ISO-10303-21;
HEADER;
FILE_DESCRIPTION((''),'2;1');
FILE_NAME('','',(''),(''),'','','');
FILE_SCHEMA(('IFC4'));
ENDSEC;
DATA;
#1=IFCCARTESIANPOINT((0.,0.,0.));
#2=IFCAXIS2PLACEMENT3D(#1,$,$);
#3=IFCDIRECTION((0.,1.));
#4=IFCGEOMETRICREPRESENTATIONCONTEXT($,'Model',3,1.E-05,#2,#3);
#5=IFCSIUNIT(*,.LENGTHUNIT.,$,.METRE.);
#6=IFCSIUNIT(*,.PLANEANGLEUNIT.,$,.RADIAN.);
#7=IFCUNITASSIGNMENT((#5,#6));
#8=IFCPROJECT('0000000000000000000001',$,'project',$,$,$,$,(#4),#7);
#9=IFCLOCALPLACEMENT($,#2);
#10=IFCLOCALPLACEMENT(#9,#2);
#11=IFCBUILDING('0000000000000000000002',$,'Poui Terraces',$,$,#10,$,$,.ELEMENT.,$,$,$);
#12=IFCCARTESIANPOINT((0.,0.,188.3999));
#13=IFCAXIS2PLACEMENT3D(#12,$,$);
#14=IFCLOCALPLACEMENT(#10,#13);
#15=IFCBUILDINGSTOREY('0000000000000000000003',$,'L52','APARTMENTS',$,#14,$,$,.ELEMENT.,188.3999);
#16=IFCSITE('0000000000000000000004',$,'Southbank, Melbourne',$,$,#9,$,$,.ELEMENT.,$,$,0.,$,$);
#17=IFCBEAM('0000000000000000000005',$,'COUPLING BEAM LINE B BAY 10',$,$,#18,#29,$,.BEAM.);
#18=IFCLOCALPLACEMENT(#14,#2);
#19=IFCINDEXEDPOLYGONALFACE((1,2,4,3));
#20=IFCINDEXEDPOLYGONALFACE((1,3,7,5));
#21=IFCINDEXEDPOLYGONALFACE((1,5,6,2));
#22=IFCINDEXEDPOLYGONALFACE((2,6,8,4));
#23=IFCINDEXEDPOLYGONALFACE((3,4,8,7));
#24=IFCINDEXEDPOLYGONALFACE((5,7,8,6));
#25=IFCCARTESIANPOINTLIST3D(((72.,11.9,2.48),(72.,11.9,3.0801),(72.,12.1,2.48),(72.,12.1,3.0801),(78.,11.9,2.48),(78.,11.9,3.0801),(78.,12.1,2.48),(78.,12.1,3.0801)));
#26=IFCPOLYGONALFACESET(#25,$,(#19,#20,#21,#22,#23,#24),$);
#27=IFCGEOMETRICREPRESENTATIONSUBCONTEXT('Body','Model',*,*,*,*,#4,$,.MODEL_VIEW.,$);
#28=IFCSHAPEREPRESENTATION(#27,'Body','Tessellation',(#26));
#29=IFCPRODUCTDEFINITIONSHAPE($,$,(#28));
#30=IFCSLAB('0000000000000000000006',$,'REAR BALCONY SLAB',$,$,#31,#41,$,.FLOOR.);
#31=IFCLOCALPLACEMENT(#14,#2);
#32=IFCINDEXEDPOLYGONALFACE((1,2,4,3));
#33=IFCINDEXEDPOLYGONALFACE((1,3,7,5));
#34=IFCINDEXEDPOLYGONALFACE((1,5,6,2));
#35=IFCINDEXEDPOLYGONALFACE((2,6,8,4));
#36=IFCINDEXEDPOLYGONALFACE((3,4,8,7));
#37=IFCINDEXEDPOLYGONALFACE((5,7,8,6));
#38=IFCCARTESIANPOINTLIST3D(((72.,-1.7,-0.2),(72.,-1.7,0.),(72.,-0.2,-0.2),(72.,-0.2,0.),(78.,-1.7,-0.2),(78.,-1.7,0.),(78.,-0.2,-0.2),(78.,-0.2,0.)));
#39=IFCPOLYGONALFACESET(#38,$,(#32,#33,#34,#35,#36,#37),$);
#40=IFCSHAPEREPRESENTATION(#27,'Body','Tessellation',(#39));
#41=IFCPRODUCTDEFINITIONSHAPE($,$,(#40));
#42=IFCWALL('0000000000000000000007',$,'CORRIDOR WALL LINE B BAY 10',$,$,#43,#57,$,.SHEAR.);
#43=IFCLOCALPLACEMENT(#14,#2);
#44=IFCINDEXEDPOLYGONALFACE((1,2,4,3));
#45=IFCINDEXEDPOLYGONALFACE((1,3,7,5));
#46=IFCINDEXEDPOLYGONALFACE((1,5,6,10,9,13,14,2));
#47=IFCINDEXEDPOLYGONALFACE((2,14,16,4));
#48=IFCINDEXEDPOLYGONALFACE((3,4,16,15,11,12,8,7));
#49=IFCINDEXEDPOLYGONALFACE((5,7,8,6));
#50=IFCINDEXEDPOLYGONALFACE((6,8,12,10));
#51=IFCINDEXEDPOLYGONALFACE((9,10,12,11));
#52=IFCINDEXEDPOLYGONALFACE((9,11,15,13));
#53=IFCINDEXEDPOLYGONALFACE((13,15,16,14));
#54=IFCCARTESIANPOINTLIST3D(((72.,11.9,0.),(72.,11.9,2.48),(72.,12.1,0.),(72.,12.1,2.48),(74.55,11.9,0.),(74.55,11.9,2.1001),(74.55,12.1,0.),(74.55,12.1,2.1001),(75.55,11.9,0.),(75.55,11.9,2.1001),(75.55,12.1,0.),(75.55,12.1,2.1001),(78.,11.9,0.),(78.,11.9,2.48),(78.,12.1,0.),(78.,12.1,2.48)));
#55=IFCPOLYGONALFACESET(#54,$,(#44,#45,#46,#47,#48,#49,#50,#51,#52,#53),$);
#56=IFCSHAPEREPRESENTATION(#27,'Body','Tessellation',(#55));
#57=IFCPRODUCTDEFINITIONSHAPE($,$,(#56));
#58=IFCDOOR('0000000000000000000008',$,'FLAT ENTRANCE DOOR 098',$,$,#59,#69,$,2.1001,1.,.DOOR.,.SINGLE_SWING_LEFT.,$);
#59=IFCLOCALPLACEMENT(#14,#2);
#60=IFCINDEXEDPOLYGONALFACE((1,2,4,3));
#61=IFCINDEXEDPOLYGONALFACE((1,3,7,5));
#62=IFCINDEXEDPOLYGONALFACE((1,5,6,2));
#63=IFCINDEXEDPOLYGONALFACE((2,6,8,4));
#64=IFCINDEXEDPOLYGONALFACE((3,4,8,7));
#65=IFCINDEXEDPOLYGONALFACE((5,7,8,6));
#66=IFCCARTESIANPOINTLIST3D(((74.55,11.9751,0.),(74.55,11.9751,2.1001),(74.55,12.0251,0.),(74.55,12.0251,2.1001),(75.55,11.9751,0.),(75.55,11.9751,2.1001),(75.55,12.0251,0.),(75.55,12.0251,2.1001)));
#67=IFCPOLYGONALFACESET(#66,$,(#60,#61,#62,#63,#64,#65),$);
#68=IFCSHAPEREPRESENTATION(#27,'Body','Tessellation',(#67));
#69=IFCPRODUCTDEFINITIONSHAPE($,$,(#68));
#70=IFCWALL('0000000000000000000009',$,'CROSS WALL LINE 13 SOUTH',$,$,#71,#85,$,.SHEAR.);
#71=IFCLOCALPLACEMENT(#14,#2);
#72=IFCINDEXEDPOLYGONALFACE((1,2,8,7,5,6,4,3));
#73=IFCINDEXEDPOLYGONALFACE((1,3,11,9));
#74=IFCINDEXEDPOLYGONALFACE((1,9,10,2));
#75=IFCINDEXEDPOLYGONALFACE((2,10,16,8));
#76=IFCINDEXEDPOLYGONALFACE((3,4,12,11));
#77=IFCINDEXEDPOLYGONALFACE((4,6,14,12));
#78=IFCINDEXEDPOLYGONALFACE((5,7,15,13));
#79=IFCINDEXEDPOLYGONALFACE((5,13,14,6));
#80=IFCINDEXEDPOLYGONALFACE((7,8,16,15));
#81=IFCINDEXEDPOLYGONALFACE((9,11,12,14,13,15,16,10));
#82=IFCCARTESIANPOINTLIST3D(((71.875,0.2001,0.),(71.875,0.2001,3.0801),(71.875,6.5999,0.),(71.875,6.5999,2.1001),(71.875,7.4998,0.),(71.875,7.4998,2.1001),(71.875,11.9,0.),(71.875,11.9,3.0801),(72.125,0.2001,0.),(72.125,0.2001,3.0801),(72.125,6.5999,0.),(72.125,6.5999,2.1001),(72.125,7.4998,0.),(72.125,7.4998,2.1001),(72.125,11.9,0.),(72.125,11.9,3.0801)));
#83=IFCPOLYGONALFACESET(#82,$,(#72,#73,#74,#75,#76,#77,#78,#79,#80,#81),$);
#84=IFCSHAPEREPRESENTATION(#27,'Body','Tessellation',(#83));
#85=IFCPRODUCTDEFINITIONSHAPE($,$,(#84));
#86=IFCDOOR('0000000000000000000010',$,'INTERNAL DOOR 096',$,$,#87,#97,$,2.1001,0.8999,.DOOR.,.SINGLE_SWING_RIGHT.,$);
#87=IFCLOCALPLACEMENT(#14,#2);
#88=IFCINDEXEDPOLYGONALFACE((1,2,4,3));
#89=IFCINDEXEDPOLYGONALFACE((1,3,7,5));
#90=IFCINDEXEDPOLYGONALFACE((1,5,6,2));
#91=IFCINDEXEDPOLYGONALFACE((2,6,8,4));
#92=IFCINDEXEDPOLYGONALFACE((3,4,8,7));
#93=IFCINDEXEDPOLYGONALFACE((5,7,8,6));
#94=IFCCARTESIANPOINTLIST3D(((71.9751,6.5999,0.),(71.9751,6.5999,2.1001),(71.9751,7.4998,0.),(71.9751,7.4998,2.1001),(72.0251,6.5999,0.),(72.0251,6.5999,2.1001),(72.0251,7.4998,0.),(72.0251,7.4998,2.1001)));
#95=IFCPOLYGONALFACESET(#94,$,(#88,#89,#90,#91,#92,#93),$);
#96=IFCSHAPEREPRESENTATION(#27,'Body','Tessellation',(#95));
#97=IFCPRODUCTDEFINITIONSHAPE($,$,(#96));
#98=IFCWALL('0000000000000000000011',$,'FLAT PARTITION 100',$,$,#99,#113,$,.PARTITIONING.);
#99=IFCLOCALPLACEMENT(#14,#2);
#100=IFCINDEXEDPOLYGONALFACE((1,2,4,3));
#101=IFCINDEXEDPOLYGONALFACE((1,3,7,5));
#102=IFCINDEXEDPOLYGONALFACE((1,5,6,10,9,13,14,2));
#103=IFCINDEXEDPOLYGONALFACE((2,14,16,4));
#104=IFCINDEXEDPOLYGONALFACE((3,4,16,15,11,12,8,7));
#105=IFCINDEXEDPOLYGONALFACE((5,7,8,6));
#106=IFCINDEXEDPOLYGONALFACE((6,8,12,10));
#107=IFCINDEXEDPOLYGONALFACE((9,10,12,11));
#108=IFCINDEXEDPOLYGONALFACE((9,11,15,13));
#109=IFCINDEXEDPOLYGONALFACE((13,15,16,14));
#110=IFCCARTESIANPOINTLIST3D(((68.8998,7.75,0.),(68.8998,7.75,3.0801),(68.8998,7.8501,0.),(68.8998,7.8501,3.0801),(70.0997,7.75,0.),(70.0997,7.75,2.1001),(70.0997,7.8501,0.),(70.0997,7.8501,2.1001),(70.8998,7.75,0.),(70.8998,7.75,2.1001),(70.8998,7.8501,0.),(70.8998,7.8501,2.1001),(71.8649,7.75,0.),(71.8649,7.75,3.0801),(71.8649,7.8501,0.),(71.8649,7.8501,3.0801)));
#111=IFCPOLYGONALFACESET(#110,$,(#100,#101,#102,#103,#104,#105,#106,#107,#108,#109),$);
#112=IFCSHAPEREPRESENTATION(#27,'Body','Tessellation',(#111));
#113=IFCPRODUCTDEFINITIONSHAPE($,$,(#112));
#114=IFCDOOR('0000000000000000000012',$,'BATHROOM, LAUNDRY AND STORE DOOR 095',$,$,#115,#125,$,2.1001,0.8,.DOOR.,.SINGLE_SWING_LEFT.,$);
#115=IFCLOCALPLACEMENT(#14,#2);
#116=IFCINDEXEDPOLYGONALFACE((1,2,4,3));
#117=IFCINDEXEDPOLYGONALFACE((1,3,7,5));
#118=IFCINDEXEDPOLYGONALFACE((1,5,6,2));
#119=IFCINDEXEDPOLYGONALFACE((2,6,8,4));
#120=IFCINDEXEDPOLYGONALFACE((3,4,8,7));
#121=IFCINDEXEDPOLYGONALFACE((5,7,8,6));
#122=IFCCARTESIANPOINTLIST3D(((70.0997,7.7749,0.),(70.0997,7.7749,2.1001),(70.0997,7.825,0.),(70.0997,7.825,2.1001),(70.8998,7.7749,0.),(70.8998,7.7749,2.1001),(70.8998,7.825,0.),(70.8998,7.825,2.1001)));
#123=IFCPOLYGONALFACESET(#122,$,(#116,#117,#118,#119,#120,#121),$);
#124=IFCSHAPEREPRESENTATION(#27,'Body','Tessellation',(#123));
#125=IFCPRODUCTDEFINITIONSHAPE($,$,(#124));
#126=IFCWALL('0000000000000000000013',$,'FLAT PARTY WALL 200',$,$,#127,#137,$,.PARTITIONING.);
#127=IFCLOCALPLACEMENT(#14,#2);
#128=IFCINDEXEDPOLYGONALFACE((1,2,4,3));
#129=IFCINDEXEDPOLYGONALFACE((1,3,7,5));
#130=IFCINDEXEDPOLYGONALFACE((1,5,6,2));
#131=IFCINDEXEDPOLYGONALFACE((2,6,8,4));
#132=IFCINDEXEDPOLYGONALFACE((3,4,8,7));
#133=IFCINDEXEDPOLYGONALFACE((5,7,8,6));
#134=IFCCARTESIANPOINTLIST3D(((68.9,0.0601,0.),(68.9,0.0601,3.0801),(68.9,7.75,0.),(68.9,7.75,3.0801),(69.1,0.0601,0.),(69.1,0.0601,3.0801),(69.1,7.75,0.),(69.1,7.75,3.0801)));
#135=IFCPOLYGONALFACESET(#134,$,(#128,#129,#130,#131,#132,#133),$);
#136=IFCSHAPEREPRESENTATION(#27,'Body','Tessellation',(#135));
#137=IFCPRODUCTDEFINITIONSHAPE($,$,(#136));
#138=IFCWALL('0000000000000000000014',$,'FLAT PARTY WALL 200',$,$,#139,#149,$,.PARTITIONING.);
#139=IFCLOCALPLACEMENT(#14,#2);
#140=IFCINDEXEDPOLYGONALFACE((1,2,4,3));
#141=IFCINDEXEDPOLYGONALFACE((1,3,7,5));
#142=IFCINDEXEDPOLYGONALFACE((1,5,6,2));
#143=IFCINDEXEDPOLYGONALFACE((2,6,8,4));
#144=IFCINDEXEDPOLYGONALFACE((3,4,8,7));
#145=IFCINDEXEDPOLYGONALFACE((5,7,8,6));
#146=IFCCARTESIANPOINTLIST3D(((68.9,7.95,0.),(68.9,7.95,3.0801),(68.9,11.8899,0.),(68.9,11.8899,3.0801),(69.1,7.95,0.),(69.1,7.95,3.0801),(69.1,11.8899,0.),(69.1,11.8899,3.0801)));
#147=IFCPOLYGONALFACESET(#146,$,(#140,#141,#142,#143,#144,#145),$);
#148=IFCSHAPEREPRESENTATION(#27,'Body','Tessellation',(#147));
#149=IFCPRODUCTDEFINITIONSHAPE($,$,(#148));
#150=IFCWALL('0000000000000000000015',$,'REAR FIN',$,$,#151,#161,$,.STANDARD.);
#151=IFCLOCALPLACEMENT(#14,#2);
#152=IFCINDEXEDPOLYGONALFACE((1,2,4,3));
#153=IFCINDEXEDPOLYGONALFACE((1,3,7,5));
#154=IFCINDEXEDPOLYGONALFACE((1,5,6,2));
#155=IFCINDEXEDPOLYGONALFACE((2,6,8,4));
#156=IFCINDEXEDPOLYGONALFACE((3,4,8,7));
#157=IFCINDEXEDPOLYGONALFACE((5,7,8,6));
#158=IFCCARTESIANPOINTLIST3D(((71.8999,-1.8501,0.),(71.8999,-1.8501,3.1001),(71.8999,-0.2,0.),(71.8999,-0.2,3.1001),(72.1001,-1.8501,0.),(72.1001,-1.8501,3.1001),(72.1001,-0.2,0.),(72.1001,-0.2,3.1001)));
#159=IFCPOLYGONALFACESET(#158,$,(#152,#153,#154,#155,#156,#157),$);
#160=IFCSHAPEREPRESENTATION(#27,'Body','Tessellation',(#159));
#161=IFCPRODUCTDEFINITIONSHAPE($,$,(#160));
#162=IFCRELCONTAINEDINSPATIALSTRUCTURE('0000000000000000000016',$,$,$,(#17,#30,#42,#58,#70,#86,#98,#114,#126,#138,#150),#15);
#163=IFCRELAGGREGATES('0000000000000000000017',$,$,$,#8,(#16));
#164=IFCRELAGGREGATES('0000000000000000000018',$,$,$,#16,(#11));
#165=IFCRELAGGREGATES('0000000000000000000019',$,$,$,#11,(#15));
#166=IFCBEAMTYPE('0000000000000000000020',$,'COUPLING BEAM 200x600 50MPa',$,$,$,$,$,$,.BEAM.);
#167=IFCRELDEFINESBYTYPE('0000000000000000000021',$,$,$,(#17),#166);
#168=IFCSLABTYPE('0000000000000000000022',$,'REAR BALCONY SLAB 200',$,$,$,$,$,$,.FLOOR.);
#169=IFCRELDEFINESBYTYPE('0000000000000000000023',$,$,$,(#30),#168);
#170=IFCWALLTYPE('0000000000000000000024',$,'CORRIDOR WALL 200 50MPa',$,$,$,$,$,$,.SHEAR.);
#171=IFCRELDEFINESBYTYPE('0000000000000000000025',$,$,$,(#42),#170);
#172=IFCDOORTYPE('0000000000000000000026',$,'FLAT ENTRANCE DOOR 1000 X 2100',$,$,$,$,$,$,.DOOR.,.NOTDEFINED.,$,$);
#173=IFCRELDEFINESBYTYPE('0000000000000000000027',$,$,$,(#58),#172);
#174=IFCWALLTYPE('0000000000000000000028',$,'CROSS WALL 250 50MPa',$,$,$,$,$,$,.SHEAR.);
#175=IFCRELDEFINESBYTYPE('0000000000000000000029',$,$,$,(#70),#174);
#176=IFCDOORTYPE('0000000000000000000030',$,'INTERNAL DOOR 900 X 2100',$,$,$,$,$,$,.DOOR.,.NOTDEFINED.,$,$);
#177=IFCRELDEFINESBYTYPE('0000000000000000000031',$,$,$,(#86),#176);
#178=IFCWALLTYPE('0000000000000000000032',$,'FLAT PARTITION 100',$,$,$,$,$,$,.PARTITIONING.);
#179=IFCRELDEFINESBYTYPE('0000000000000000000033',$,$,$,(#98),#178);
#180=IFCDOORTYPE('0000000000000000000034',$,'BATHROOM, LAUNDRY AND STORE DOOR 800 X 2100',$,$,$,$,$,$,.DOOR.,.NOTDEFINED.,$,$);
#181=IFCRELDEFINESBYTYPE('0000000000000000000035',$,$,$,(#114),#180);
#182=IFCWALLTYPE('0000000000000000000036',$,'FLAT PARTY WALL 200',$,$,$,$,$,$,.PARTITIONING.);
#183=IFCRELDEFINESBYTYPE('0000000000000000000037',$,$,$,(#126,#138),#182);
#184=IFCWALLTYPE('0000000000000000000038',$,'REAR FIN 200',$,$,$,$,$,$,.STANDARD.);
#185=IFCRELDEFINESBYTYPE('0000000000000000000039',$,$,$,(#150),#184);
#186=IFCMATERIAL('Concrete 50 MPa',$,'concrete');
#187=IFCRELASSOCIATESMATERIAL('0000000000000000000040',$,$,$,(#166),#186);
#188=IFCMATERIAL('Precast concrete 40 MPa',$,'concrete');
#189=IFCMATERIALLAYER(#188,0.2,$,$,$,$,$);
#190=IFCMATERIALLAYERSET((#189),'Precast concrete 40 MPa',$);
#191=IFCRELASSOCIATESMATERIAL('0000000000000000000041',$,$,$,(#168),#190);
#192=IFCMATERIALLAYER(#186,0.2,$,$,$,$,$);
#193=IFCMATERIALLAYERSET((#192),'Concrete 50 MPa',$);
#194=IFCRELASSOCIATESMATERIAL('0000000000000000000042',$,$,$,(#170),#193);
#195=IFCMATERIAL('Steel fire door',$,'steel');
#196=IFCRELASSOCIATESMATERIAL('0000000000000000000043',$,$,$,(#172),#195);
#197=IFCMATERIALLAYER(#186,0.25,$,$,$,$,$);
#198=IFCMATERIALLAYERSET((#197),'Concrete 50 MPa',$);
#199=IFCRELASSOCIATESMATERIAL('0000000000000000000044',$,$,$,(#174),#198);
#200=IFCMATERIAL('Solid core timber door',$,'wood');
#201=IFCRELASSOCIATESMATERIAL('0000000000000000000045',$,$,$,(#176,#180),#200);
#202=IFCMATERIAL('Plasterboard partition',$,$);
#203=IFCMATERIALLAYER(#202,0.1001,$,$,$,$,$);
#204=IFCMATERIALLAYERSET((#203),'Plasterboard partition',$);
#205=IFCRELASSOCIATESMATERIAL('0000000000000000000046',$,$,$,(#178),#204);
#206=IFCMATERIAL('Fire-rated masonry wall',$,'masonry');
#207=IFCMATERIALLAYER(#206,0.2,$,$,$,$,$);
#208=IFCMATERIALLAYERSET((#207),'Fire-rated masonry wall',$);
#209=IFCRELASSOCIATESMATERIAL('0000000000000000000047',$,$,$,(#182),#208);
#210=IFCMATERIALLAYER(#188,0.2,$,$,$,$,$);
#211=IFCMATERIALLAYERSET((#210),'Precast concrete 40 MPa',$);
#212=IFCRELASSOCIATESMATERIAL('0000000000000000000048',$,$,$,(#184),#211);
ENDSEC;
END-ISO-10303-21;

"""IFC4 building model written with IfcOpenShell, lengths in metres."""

from ifc_helpers import new_model, si_unit, direction, frame, frame_2d, origin, origin_2d, place, context, subcontext, project, spatial, polyline, rectangle, outline, extrude, source, transform, mapped, material, layer, layer_set, material_profile, profile_set, type_object, element, fill, save


model = new_model("IFC4")

# Units and contexts
model_context = context("Model", 3, precision=1e-05, world=origin(), true_north=direction((0.0, 1.0)))
body_context = subcontext(model_context, "Body", "Model", "MODEL_VIEW")
ifc_project = project(units=[si_unit("LENGTHUNIT", "METRE"), si_unit("PLANEANGLEUNIT", "RADIAN")], contexts=[model_context])

# Site, building, storey
site_placement = place(None, origin())
site = spatial("IfcSite", under=ifc_project, at=site_placement, Name="Southbank, Melbourne", CompositionType="ELEMENT", RefElevation=0.0)
building_placement = place(site_placement, origin())
building = spatial("IfcBuilding", under=site, at=building_placement, Name="Poui Terraces", CompositionType="ELEMENT")
storey_placement = place(building_placement, frame((0.0, 0.0, 188.3999)))
storey = spatial("IfcBuildingStorey", under=building, at=storey_placement, Name="L52", Description="APARTMENTS", CompositionType="ELEMENT", Elevation=188.3999)

# Beam
ifc_material_1 = material(Name="Concrete 50 MPa", Category="concrete")
ifc_material_profile = material_profile(ifc_material_1, rectangle(XDim=0.2, YDim=0.6001, at=origin_2d()), Name="RC 200x600")
ifc_profile_set = profile_set([ifc_material_profile], Name="Concrete 50 MPa")
beam_type = type_object("IfcBeamType", Name="COUPLING BEAM 200x600 50MPa", PredefinedType="BEAM", material=ifc_profile_set)
shared_shape_1 = source(origin(), body_context, "Body", "SweptSolid", [
    extrude(rectangle(XDim=0.2, YDim=0.6001, at=origin_2d()), origin(), (0.0, 0.0, 1.0), 6.0),
])
beam_placement = place(storey_placement, frame((72.0, 12.0, 2.78), z_axis=(1.0, 0.0, 0.0), x_axis=(0.0, 1.0, 0.0)))
element("IfcBeam", 1, at=beam_placement, inside=storey, type_object=beam_type, Name="COUPLING BEAM LINE B BAY 10", PredefinedType="BEAM", context=body_context, shape_type="MappedRepresentation", body=[
    mapped(shared_shape_1, transform((0.0, 0.0, 0.0))),
])

# Slab
ifc_material_2 = material(Name="Precast concrete 40 MPa", Category="concrete")
ifc_layer_1 = layer(ifc_material_2, 0.2)
ifc_layer_set_1 = layer_set([ifc_layer_1], Name="Precast concrete 40 MPa")
slab_type = type_object("IfcSlabType", Name="REAR BALCONY SLAB 200", PredefinedType="FLOOR", material=ifc_layer_set_1)
shared_shape_2 = source(origin(), body_context, "Body", "SweptSolid", [
    extrude(outline(polyline([(0.0, 0.0), (6.0, 0.0), (6.0, 1.5), (0.0, 1.5), (0.0, 0.0)])), origin(), (0.0, 0.0, 1.0), 0.2),
])
slab_placement = place(storey_placement, frame((72.0, -1.7, -0.2)))
element("IfcSlab", 2, at=slab_placement, inside=storey, type_object=slab_type, Name="REAR BALCONY SLAB", PredefinedType="FLOOR", context=body_context, shape_type="MappedRepresentation", body=[
    mapped(shared_shape_2, transform((0.0, 0.0, 0.0))),
])

# Walls, openings, doors
ifc_layer_2 = layer(ifc_material_1, 0.2)
ifc_layer_set_2 = layer_set([ifc_layer_2], Name="Concrete 50 MPa")
wall_type_1 = type_object("IfcWallType", Name="CORRIDOR WALL 200 50MPa", PredefinedType="SHEAR", material=ifc_layer_set_2)
wall_1_placement = place(storey_placement, frame((72.0, 12.0, 0.0), z_axis=(0.0, 0.0, 1.0), x_axis=(1.0, 0.0, 0.0)))
wall_1 = element("IfcWall", 3, at=wall_1_placement, inside=storey, type_object=wall_type_1, Name="CORRIDOR WALL LINE B BAY 10", PredefinedType="SHEAR", context=body_context, shape_type="SweptSolid", body=[
    extrude(rectangle(XDim=6.0, YDim=0.2, at=frame_2d((3.0, 0.0))), origin(), (0.0, 0.0, 1.0), 2.48),
])
opening_1_placement = place(wall_1_placement, frame((2.55, 0.0, 0.0)))
opening_1 = element("IfcOpeningElement", 4, at=opening_1_placement, cuts=wall_1, PredefinedType="OPENING", context=body_context, shape_type="SweptSolid", body=[
    extrude(rectangle(XDim=1.0, YDim=2.1001, at=frame_2d((0.5, 1.05))), frame((0.0, 0.1099, 0.0), z_axis=(0.0, -1.0, 0.0), x_axis=(1.0, 0.0, 0.0)), (0.0, 0.0, 1.0), 0.22),
])
ifc_material_3 = material(Name="Steel fire door", Category="steel")
door_type_1 = type_object("IfcDoorType", Name="FLAT ENTRANCE DOOR 1000 X 2100", OperationType="NOTDEFINED", PredefinedType="DOOR", material=ifc_material_3)
door_1_placement = place(opening_1_placement, frame((1.0, 0.0, 0.0), z_axis=(0.0, 0.0, 1.0), x_axis=(-1.0, 0.0, 0.0)))
door_1 = element("IfcDoor", 5, at=door_1_placement, inside=storey, type_object=door_type_1, Name="FLAT ENTRANCE DOOR 098", OperationType="SINGLE_SWING_LEFT", OverallHeight=2.1001, OverallWidth=1.0, PredefinedType="DOOR", context=body_context, shape_type="SweptSolid", body=[
    extrude(rectangle(XDim=1.0, YDim=2.1001, at=frame_2d((0.5, 1.05))), frame((0.0, 0.0249, 0.0), z_axis=(0.0, -1.0, 0.0), x_axis=(1.0, 0.0, 0.0)), (0.0, 0.0, 1.0), 0.05),
])
fill(opening_1, door_1)
ifc_layer_3 = layer(ifc_material_1, 0.25)
ifc_layer_set_3 = layer_set([ifc_layer_3], Name="Concrete 50 MPa")
wall_type_2 = type_object("IfcWallType", Name="CROSS WALL 250 50MPa", PredefinedType="SHEAR", material=ifc_layer_set_3)
wall_2_placement = place(storey_placement, frame((72.0, 0.2, 0.0), z_axis=(0.0, 0.0, 1.0), x_axis=(0.0, 1.0, 0.0)))
wall_2 = element("IfcWall", 6, at=wall_2_placement, inside=storey, type_object=wall_type_2, Name="CROSS WALL LINE 13 SOUTH", PredefinedType="SHEAR", context=body_context, shape_type="SweptSolid", body=[
    extrude(rectangle(XDim=11.7, YDim=0.25, at=frame_2d((5.8501, 0.0))), origin(), (0.0, 0.0, 1.0), 3.0801),
])
opening_2_placement = place(wall_2_placement, frame((6.3999, 0.0, 0.0)))
opening_2 = element("IfcOpeningElement", 7, at=opening_2_placement, cuts=wall_2, PredefinedType="OPENING", context=body_context, shape_type="SweptSolid", body=[
    extrude(rectangle(XDim=0.8999, YDim=2.1001, at=frame_2d((0.45, 1.05))), frame((0.0, 0.135, 0.0), z_axis=(0.0, -1.0, 0.0), x_axis=(1.0, 0.0, 0.0)), (0.0, 0.0, 1.0), 0.27),
])
ifc_material_4 = material(Name="Solid core timber door", Category="wood")
door_type_2 = type_object("IfcDoorType", Name="INTERNAL DOOR 900 X 2100", OperationType="NOTDEFINED", PredefinedType="DOOR", material=ifc_material_4)
door_2_placement = place(opening_2_placement, origin())
door_2 = element("IfcDoor", 8, at=door_2_placement, inside=storey, type_object=door_type_2, Name="INTERNAL DOOR 096", OperationType="SINGLE_SWING_RIGHT", OverallHeight=2.1001, OverallWidth=0.8999, PredefinedType="DOOR", context=body_context, shape_type="SweptSolid", body=[
    extrude(rectangle(XDim=0.8999, YDim=2.1001, at=frame_2d((0.45, 1.05))), frame((0.0, 0.0249, 0.0), z_axis=(0.0, -1.0, 0.0), x_axis=(1.0, 0.0, 0.0)), (0.0, 0.0, 1.0), 0.05),
])
fill(opening_2, door_2)
ifc_material_5 = material(Name="Plasterboard partition")
ifc_layer_4 = layer(ifc_material_5, 0.1001)
ifc_layer_set_4 = layer_set([ifc_layer_4], Name="Plasterboard partition")
wall_type_3 = type_object("IfcWallType", Name="FLAT PARTITION 100", PredefinedType="PARTITIONING", material=ifc_layer_set_4)
wall_3_placement = place(storey_placement, frame((68.8999, 7.8, 0.0), z_axis=(0.0, 0.0, 1.0), x_axis=(1.0, 0.0, 0.0)))
wall_3 = element("IfcWall", 9, at=wall_3_placement, inside=storey, type_object=wall_type_3, Name="FLAT PARTITION 100", PredefinedType="PARTITIONING", context=body_context, shape_type="SweptSolid", body=[
    extrude(rectangle(XDim=2.9651, YDim=0.1001, at=frame_2d((1.4824, 0.0))), origin(), (0.0, 0.0, 1.0), 3.0801),
])
opening_3_placement = place(wall_3_placement, frame((1.2, 0.0, 0.0)))
opening_3 = element("IfcOpeningElement", 10, at=opening_3_placement, cuts=wall_3, PredefinedType="OPENING", context=body_context, shape_type="SweptSolid", body=[
    extrude(rectangle(XDim=0.8, YDim=2.1001, at=frame_2d((0.3999, 1.05))), frame((0.0, 0.0601, 0.0), z_axis=(0.0, -1.0, 0.0), x_axis=(1.0, 0.0, 0.0)), (0.0, 0.0, 1.0), 0.1201),
])
door_type_3 = type_object("IfcDoorType", Name="BATHROOM, LAUNDRY AND STORE DOOR 800 X 2100", OperationType="NOTDEFINED", PredefinedType="DOOR", material=ifc_material_4)
door_3_placement = place(opening_3_placement, origin())
door_3 = element("IfcDoor", 11, at=door_3_placement, inside=storey, type_object=door_type_3, Name="BATHROOM, LAUNDRY AND STORE DOOR 095", OperationType="SINGLE_SWING_LEFT", OverallHeight=2.1001, OverallWidth=0.8, PredefinedType="DOOR", context=body_context, shape_type="SweptSolid", body=[
    extrude(rectangle(XDim=0.8, YDim=2.1001, at=frame_2d((0.3999, 1.05))), frame((0.0, 0.0249, 0.0), z_axis=(0.0, -1.0, 0.0), x_axis=(1.0, 0.0, 0.0)), (0.0, 0.0, 1.0), 0.05),
])
fill(opening_3, door_3)

# Walls
ifc_material_6 = material(Name="Fire-rated masonry wall", Category="masonry")
ifc_layer_5 = layer(ifc_material_6, 0.2)
ifc_layer_set_5 = layer_set([ifc_layer_5], Name="Fire-rated masonry wall")
wall_type_4 = type_object("IfcWallType", Name="FLAT PARTY WALL 200", PredefinedType="PARTITIONING", material=ifc_layer_set_5)
wall_4_placement = place(storey_placement, frame((69.0, 0.0601, 0.0), z_axis=(0.0, 0.0, 1.0), x_axis=(0.0, 1.0, 0.0)))
element("IfcWall", 12, at=wall_4_placement, inside=storey, type_object=wall_type_4, Name="FLAT PARTY WALL 200", PredefinedType="PARTITIONING", context=body_context, shape_type="SweptSolid", body=[
    extrude(rectangle(XDim=7.6899, YDim=0.2, at=frame_2d((3.845, 0.0))), origin(), (0.0, 0.0, 1.0), 3.0801),
])
wall_5_placement = place(storey_placement, frame((69.0, 7.95, 0.0), z_axis=(0.0, 0.0, 1.0), x_axis=(0.0, 1.0, 0.0)))
element("IfcWall", 13, at=wall_5_placement, inside=storey, type_object=wall_type_4, Name="FLAT PARTY WALL 200", PredefinedType="PARTITIONING", context=body_context, shape_type="SweptSolid", body=[
    extrude(rectangle(XDim=3.9399, YDim=0.2, at=frame_2d((1.97, 0.0))), origin(), (0.0, 0.0, 1.0), 3.0801),
])
ifc_layer_6 = layer(ifc_material_2, 0.2)
ifc_layer_set_6 = layer_set([ifc_layer_6], Name="Precast concrete 40 MPa")
wall_type_5 = type_object("IfcWallType", Name="REAR FIN 200", PredefinedType="STANDARD", material=ifc_layer_set_6)
shared_shape_3 = source(origin(), body_context, "Body", "SweptSolid", [
    extrude(outline(polyline([(0.0, 0.0), (0.2002, 0.0), (0.2002, 1.6501), (0.0, 1.6501), (0.0, 0.0)])), origin(), (0.0, 0.0, 1.0), 3.1001),
])
wall_6_placement = place(storey_placement, frame((71.8999, -1.8501, 0.0)))
element("IfcWall", 14, at=wall_6_placement, inside=storey, type_object=wall_type_5, Name="REAR FIN", PredefinedType="STANDARD", context=body_context, shape_type="MappedRepresentation", body=[
    mapped(shared_shape_3, transform((0.0, 0.0, 0.0))),
])

save(model, "model.ifc")
